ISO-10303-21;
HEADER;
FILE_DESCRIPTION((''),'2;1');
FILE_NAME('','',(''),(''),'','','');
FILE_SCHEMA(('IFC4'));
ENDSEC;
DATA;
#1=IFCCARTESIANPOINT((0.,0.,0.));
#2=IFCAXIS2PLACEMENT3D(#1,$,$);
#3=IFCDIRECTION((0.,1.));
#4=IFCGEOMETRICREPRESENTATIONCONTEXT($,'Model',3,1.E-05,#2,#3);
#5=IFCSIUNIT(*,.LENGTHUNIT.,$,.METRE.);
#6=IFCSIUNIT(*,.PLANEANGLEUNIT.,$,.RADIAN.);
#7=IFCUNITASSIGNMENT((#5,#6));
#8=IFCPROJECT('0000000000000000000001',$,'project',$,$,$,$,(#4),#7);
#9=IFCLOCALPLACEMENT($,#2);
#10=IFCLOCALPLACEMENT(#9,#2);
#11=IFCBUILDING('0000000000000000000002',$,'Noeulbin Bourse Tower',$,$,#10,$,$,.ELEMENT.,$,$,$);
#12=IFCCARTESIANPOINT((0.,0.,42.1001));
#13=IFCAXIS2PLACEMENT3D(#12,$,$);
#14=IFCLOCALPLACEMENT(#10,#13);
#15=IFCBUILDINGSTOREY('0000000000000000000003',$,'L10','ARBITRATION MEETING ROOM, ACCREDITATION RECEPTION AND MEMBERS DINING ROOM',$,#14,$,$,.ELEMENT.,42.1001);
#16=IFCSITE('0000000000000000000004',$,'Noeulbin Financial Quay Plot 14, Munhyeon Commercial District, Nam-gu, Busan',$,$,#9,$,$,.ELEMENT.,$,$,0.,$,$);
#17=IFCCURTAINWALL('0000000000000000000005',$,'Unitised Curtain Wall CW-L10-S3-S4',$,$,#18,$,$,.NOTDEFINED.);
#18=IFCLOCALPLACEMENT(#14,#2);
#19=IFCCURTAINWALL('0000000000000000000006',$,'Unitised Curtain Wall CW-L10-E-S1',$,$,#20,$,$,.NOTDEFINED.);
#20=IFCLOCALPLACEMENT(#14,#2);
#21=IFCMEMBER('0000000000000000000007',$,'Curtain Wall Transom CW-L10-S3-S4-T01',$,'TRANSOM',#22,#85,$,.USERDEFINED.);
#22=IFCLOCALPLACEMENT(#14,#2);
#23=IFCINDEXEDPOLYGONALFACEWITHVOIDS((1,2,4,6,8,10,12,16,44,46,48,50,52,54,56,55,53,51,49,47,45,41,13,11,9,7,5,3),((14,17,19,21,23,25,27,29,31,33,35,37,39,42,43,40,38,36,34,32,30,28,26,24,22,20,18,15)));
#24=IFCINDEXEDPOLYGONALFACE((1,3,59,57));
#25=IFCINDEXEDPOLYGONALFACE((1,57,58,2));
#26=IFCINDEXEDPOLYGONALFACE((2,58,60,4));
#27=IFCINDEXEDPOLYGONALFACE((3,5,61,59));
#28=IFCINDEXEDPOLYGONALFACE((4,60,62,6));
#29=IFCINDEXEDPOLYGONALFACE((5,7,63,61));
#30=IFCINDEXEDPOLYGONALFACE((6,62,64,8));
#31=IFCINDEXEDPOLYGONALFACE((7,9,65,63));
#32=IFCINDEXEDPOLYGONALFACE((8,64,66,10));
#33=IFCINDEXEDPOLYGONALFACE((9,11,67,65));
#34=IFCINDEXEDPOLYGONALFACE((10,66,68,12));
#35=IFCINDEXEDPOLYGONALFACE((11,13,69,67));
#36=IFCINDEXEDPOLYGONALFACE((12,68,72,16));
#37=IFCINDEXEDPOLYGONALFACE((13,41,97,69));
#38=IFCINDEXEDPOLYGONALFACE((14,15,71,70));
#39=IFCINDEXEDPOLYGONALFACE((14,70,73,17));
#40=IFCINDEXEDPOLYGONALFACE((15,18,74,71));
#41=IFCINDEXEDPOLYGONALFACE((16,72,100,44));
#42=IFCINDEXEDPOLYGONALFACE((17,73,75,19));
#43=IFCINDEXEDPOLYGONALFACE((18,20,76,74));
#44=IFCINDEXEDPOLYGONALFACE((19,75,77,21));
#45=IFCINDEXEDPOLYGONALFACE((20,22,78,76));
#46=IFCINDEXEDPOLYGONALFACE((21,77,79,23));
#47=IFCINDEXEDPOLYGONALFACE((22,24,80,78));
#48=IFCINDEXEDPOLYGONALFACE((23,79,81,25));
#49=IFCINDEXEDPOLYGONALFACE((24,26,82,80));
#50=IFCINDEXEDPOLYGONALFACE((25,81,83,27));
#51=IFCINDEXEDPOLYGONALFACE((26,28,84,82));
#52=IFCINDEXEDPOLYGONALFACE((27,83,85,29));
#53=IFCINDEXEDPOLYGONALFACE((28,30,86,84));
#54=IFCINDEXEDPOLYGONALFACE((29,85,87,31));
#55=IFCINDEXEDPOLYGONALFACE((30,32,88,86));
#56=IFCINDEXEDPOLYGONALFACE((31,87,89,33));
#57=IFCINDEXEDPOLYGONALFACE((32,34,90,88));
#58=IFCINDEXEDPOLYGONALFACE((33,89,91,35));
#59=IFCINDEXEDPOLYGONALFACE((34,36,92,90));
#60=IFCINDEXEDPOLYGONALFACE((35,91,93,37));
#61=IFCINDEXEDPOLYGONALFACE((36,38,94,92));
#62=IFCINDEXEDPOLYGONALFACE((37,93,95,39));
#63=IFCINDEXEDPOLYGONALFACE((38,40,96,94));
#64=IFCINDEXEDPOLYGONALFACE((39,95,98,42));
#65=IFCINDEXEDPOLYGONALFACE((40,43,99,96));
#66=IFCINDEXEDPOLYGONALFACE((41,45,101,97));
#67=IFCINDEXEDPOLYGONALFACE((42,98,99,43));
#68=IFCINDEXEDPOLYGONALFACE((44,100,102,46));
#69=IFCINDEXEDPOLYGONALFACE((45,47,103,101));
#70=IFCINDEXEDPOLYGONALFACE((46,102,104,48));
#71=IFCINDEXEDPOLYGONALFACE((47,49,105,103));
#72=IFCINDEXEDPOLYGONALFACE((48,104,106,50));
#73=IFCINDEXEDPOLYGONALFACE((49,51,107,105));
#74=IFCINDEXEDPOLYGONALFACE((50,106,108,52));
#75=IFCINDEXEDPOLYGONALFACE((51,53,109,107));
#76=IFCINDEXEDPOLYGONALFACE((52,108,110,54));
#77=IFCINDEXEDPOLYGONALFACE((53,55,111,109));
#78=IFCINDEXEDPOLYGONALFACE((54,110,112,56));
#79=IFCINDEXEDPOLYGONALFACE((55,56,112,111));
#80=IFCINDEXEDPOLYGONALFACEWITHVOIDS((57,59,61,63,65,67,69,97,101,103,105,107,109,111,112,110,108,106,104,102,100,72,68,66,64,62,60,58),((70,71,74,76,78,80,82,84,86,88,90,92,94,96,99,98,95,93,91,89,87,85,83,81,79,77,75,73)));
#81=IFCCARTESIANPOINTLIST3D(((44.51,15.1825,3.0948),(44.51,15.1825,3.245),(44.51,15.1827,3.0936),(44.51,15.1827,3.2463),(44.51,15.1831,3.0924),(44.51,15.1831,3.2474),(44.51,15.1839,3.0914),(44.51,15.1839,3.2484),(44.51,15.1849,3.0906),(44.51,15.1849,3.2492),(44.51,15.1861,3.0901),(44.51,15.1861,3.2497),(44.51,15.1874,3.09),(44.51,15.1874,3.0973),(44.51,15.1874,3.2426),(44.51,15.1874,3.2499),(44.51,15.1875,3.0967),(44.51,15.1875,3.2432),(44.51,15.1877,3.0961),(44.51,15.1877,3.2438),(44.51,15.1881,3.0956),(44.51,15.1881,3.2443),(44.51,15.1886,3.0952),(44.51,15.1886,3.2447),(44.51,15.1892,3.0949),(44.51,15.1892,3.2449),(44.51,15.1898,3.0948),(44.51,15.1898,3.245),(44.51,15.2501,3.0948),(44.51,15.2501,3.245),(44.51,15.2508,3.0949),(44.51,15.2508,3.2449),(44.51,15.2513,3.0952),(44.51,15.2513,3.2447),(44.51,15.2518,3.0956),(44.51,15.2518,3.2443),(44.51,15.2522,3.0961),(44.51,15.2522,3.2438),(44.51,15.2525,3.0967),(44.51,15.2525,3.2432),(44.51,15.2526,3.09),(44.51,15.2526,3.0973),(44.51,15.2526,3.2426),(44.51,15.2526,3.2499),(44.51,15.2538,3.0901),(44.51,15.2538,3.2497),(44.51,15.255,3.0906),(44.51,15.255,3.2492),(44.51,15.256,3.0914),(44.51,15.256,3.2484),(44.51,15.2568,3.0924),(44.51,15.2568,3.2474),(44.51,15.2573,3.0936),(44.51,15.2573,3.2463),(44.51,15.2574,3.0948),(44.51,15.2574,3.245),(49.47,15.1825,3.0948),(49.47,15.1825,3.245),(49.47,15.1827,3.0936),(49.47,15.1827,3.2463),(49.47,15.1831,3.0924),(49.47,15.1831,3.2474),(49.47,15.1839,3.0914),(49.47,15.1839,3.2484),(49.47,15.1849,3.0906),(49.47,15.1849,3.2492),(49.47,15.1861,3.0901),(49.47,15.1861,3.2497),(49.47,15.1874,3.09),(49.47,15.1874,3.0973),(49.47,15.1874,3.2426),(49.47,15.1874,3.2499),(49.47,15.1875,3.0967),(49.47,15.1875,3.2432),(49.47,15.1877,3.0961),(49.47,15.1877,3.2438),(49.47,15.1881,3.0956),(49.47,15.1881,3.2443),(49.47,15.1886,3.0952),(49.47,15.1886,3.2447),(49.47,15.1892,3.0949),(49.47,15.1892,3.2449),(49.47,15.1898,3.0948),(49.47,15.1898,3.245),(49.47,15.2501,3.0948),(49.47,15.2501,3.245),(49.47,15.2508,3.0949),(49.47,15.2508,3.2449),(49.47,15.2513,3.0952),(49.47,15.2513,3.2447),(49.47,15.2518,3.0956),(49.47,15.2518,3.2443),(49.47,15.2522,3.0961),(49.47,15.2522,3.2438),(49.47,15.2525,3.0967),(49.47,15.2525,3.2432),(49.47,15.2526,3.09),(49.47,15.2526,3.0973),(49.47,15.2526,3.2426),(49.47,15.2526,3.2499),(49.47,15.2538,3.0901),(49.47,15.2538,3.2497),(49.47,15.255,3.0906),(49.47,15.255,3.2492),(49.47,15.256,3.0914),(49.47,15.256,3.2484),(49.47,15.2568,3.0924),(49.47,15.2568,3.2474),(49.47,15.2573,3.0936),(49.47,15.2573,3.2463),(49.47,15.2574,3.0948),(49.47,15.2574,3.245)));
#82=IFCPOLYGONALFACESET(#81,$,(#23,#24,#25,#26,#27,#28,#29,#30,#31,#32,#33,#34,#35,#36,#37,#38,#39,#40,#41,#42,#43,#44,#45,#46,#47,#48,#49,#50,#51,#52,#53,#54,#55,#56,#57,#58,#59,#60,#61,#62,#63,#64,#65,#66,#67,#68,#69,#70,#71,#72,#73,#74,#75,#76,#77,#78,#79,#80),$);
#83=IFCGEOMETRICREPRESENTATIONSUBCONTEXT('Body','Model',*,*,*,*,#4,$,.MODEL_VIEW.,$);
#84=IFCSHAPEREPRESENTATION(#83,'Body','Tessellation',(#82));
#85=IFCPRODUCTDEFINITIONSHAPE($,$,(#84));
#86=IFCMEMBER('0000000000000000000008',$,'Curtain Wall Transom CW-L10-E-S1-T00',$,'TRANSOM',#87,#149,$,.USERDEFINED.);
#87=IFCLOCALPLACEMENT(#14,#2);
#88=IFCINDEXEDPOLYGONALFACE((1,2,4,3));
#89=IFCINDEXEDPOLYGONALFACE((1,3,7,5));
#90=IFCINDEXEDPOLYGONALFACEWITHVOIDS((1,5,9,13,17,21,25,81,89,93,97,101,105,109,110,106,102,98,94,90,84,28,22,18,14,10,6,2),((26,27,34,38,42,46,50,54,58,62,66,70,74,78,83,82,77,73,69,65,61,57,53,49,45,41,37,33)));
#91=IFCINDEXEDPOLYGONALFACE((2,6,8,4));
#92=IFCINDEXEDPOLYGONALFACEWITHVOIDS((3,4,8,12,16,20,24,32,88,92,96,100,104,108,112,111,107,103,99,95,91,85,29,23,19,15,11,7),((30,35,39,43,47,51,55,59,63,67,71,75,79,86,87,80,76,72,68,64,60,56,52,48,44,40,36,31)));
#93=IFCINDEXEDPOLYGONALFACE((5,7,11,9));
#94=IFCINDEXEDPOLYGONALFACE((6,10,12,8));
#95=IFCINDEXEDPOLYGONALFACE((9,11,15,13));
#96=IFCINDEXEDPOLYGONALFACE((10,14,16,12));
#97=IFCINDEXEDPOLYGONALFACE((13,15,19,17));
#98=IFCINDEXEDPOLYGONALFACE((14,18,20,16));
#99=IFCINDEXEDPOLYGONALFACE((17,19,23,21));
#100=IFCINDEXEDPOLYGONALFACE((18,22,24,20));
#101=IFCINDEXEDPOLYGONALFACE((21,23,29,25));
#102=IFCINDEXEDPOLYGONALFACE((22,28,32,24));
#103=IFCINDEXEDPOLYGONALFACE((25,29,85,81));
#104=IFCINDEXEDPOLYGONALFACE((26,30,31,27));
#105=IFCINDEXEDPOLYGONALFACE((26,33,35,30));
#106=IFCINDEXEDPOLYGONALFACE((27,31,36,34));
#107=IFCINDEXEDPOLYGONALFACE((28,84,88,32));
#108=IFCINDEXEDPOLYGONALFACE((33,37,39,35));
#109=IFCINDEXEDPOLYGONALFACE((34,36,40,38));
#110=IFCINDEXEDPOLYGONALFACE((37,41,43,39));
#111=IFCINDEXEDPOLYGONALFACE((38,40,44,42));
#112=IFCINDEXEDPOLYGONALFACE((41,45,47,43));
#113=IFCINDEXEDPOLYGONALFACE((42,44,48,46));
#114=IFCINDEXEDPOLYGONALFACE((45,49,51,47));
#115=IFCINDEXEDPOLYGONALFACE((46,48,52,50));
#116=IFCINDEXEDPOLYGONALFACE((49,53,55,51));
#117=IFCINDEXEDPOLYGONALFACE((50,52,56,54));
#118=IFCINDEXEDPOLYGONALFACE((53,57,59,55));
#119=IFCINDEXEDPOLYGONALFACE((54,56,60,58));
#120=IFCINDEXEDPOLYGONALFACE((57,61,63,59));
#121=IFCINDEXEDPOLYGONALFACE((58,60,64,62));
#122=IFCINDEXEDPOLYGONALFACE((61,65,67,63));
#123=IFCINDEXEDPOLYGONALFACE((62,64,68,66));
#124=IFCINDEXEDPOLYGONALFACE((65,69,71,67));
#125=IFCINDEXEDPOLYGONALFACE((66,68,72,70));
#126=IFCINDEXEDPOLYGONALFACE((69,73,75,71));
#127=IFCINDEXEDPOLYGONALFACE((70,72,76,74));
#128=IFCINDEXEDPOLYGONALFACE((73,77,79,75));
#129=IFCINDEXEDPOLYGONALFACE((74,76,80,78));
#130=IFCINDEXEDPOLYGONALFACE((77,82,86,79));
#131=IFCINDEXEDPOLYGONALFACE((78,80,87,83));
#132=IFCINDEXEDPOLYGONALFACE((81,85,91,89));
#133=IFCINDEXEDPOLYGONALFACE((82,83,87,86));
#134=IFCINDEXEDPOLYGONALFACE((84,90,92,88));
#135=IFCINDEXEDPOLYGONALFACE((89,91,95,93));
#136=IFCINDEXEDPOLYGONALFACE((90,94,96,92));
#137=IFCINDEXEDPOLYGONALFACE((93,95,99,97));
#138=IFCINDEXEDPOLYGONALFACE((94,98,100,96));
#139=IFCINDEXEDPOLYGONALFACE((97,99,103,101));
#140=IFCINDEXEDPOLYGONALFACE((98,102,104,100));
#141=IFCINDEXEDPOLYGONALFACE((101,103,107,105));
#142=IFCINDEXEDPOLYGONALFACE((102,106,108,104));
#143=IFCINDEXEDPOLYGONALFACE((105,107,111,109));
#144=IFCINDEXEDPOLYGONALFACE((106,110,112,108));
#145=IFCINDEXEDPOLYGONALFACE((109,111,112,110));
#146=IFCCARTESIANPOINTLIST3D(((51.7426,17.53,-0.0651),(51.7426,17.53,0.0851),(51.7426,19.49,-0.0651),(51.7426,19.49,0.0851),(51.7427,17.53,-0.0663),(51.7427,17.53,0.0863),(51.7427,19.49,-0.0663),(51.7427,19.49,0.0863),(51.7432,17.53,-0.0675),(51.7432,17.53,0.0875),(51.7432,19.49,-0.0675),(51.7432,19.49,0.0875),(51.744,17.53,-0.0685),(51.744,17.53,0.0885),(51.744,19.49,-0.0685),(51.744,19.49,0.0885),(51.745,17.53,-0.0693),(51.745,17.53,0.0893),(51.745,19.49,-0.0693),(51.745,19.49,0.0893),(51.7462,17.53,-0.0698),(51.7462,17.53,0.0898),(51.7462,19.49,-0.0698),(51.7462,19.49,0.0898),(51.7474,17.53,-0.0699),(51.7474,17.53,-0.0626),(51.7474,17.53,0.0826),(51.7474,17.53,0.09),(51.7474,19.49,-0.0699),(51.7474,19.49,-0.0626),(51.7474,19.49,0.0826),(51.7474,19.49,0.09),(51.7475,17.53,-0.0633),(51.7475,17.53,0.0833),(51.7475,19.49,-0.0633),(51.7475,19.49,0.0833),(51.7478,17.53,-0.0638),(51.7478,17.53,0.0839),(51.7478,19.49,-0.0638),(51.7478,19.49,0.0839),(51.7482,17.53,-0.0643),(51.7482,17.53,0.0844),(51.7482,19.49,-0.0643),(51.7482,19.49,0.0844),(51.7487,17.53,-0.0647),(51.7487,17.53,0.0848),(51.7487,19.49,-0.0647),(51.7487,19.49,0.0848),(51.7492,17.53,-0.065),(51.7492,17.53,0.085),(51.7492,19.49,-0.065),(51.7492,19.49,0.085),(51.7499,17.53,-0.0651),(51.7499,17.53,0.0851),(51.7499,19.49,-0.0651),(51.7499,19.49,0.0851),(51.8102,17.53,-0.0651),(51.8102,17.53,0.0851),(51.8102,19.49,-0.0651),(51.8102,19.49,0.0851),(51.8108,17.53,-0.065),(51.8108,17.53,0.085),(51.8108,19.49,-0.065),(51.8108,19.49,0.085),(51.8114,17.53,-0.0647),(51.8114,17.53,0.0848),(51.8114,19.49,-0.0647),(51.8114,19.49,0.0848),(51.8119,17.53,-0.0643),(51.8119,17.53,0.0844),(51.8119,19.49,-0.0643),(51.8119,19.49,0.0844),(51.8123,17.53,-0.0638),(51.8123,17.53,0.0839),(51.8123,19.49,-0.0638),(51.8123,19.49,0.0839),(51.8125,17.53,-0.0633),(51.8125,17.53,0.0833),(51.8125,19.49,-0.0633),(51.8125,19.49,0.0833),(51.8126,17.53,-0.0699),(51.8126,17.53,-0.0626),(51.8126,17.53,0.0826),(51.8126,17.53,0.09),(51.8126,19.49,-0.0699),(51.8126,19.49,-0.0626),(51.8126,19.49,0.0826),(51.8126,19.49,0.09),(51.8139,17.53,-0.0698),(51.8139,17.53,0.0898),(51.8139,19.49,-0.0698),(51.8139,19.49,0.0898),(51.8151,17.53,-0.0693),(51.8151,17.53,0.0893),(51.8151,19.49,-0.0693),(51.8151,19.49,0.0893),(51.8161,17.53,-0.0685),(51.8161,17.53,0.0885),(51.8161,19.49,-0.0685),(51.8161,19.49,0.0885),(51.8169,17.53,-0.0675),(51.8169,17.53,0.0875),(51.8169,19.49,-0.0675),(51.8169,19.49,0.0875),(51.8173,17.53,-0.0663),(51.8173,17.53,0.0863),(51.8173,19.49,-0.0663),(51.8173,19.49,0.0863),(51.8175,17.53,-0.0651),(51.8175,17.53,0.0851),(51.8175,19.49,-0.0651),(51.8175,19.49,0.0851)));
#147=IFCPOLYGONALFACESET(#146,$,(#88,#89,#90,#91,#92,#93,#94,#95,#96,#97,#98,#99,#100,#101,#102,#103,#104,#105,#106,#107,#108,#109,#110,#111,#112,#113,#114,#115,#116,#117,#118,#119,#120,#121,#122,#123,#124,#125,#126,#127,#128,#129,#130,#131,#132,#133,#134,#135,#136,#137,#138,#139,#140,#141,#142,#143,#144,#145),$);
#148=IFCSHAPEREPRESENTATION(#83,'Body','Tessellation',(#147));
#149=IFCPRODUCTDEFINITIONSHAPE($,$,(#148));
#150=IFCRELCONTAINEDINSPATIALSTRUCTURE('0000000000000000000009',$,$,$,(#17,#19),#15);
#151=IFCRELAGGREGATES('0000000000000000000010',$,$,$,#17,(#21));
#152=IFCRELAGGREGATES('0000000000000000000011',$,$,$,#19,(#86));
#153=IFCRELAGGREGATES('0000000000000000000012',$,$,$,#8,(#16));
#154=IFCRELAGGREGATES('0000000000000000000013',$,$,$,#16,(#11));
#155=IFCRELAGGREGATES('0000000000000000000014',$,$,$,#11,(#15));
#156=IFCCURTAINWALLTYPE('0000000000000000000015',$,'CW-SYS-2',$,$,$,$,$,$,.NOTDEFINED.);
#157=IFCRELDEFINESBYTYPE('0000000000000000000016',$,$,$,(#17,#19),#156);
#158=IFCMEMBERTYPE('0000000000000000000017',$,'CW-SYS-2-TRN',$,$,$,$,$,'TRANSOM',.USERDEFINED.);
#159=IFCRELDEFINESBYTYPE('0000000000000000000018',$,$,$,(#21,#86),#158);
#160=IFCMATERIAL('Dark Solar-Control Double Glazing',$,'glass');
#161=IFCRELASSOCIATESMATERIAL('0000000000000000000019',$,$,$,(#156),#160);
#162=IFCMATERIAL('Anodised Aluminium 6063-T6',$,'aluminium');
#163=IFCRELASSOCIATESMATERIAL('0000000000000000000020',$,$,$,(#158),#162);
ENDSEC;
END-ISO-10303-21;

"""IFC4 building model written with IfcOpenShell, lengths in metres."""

from ifc_helpers import new_model, si_unit, direction, frame, origin, origin_2d, place, context, subcontext, project, spatial, hollow_rectangle, extrude, material, material_profile, profile_set, type_object, element, aggregate, save


model = new_model("IFC4")

# Units and contexts
model_context = context("Model", 3, precision=1e-05, world=origin(), true_north=direction((0.0, 1.0)))
body_context = subcontext(model_context, "Body", "Model", "MODEL_VIEW")
ifc_project = project(units=[si_unit("LENGTHUNIT", "METRE"), si_unit("PLANEANGLEUNIT", "RADIAN")], contexts=[model_context])

# Site, building, storey
site_placement = place(None, origin())
site = spatial("IfcSite", under=ifc_project, at=site_placement, Name="Noeulbin Financial Quay Plot 14, Munhyeon Commercial District, Nam-gu, Busan", CompositionType="ELEMENT", RefElevation=0.0)
building_placement = place(site_placement, origin())
building = spatial("IfcBuilding", under=site, at=building_placement, Name="Noeulbin Bourse Tower", CompositionType="ELEMENT")
storey_placement = place(building_placement, frame((0.0, 0.0, 42.1001)))
storey = spatial("IfcBuildingStorey", under=building, at=storey_placement, Name="L10", Description="ARBITRATION MEETING ROOM, ACCREDITATION RECEPTION AND MEMBERS DINING ROOM", CompositionType="ELEMENT", Elevation=42.1001)

# Curtain walls
ifc_material_1 = material(Name="Dark Solar-Control Double Glazing", Category="glass")
curtain_wall_type = type_object("IfcCurtainWallType", Name="CW-SYS-2", PredefinedType="NOTDEFINED", material=ifc_material_1)
curtain_wall_1_placement = place(storey_placement, origin())
curtain_wall_1 = element("IfcCurtainWall", 1, at=curtain_wall_1_placement, inside=storey, type_object=curtain_wall_type, Name="Unitised Curtain Wall CW-L10-S3-S4", PredefinedType="NOTDEFINED")
ifc_material_2 = material(Name="Anodised Aluminium 6063-T6", Category="aluminium")
curtain_wall_2_placement = place(storey_placement, origin())
curtain_wall_2 = element("IfcCurtainWall", 2, at=curtain_wall_2_placement, inside=storey, type_object=curtain_wall_type, Name="Unitised Curtain Wall CW-L10-E-S1", PredefinedType="NOTDEFINED")

# Members
ifc_material_profile_1 = material_profile(ifc_material_2, hollow_rectangle(XDim=0.075, YDim=0.1599, WallThickness=0.0049, InnerFilletRadius=0.0024, OuterFilletRadius=0.0049, at=origin_2d()), Name="ALU-TRAN-75x160x5", Category="LoadBearing")
ifc_profile_set_1 = profile_set([ifc_material_profile_1], Name="Anodised Aluminium 6063-T6")
member_type_1 = type_object("IfcMemberType", Name="CW-SYS-2-TRN", ElementType="TRANSOM", PredefinedType="USERDEFINED", material=ifc_profile_set_1)
member_1_placement = place(storey_placement, frame((44.51, 15.22, 3.1699), z_axis=(1.0, 0.0, 0.0), x_axis=(0.0, 1.0, 0.0)))
member_1 = element("IfcMember", 3, at=member_1_placement, type_object=member_type_1, Name="Curtain Wall Transom CW-L10-S3-S4-T01", ObjectType="TRANSOM", PredefinedType="USERDEFINED", context=body_context, shape_type="SweptSolid", body=[
    extrude(hollow_rectangle(XDim=0.075, YDim=0.1599, WallThickness=0.0049, InnerFilletRadius=0.0024, OuterFilletRadius=0.0049, at=origin_2d()), origin(), (0.0, 0.0, 1.0), 4.96),
])
member_2_placement = place(storey_placement, frame((51.78, 17.53, 0.01), z_axis=(0.0, 1.0, 0.0), x_axis=(-1.0, 0.0, 0.0)))
member_2 = element("IfcMember", 4, at=member_2_placement, type_object=member_type_1, Name="Curtain Wall Transom CW-L10-E-S1-T00", ObjectType="TRANSOM", PredefinedType="USERDEFINED", context=body_context, shape_type="SweptSolid", body=[
    extrude(hollow_rectangle(XDim=0.075, YDim=0.1599, WallThickness=0.0049, InnerFilletRadius=0.0024, OuterFilletRadius=0.0049, at=origin_2d()), origin(), (0.0, 0.0, 1.0), 1.96),
])

aggregate(curtain_wall_1, [member_1])
aggregate(curtain_wall_2, [member_2])

save(model, "model.ifc")
